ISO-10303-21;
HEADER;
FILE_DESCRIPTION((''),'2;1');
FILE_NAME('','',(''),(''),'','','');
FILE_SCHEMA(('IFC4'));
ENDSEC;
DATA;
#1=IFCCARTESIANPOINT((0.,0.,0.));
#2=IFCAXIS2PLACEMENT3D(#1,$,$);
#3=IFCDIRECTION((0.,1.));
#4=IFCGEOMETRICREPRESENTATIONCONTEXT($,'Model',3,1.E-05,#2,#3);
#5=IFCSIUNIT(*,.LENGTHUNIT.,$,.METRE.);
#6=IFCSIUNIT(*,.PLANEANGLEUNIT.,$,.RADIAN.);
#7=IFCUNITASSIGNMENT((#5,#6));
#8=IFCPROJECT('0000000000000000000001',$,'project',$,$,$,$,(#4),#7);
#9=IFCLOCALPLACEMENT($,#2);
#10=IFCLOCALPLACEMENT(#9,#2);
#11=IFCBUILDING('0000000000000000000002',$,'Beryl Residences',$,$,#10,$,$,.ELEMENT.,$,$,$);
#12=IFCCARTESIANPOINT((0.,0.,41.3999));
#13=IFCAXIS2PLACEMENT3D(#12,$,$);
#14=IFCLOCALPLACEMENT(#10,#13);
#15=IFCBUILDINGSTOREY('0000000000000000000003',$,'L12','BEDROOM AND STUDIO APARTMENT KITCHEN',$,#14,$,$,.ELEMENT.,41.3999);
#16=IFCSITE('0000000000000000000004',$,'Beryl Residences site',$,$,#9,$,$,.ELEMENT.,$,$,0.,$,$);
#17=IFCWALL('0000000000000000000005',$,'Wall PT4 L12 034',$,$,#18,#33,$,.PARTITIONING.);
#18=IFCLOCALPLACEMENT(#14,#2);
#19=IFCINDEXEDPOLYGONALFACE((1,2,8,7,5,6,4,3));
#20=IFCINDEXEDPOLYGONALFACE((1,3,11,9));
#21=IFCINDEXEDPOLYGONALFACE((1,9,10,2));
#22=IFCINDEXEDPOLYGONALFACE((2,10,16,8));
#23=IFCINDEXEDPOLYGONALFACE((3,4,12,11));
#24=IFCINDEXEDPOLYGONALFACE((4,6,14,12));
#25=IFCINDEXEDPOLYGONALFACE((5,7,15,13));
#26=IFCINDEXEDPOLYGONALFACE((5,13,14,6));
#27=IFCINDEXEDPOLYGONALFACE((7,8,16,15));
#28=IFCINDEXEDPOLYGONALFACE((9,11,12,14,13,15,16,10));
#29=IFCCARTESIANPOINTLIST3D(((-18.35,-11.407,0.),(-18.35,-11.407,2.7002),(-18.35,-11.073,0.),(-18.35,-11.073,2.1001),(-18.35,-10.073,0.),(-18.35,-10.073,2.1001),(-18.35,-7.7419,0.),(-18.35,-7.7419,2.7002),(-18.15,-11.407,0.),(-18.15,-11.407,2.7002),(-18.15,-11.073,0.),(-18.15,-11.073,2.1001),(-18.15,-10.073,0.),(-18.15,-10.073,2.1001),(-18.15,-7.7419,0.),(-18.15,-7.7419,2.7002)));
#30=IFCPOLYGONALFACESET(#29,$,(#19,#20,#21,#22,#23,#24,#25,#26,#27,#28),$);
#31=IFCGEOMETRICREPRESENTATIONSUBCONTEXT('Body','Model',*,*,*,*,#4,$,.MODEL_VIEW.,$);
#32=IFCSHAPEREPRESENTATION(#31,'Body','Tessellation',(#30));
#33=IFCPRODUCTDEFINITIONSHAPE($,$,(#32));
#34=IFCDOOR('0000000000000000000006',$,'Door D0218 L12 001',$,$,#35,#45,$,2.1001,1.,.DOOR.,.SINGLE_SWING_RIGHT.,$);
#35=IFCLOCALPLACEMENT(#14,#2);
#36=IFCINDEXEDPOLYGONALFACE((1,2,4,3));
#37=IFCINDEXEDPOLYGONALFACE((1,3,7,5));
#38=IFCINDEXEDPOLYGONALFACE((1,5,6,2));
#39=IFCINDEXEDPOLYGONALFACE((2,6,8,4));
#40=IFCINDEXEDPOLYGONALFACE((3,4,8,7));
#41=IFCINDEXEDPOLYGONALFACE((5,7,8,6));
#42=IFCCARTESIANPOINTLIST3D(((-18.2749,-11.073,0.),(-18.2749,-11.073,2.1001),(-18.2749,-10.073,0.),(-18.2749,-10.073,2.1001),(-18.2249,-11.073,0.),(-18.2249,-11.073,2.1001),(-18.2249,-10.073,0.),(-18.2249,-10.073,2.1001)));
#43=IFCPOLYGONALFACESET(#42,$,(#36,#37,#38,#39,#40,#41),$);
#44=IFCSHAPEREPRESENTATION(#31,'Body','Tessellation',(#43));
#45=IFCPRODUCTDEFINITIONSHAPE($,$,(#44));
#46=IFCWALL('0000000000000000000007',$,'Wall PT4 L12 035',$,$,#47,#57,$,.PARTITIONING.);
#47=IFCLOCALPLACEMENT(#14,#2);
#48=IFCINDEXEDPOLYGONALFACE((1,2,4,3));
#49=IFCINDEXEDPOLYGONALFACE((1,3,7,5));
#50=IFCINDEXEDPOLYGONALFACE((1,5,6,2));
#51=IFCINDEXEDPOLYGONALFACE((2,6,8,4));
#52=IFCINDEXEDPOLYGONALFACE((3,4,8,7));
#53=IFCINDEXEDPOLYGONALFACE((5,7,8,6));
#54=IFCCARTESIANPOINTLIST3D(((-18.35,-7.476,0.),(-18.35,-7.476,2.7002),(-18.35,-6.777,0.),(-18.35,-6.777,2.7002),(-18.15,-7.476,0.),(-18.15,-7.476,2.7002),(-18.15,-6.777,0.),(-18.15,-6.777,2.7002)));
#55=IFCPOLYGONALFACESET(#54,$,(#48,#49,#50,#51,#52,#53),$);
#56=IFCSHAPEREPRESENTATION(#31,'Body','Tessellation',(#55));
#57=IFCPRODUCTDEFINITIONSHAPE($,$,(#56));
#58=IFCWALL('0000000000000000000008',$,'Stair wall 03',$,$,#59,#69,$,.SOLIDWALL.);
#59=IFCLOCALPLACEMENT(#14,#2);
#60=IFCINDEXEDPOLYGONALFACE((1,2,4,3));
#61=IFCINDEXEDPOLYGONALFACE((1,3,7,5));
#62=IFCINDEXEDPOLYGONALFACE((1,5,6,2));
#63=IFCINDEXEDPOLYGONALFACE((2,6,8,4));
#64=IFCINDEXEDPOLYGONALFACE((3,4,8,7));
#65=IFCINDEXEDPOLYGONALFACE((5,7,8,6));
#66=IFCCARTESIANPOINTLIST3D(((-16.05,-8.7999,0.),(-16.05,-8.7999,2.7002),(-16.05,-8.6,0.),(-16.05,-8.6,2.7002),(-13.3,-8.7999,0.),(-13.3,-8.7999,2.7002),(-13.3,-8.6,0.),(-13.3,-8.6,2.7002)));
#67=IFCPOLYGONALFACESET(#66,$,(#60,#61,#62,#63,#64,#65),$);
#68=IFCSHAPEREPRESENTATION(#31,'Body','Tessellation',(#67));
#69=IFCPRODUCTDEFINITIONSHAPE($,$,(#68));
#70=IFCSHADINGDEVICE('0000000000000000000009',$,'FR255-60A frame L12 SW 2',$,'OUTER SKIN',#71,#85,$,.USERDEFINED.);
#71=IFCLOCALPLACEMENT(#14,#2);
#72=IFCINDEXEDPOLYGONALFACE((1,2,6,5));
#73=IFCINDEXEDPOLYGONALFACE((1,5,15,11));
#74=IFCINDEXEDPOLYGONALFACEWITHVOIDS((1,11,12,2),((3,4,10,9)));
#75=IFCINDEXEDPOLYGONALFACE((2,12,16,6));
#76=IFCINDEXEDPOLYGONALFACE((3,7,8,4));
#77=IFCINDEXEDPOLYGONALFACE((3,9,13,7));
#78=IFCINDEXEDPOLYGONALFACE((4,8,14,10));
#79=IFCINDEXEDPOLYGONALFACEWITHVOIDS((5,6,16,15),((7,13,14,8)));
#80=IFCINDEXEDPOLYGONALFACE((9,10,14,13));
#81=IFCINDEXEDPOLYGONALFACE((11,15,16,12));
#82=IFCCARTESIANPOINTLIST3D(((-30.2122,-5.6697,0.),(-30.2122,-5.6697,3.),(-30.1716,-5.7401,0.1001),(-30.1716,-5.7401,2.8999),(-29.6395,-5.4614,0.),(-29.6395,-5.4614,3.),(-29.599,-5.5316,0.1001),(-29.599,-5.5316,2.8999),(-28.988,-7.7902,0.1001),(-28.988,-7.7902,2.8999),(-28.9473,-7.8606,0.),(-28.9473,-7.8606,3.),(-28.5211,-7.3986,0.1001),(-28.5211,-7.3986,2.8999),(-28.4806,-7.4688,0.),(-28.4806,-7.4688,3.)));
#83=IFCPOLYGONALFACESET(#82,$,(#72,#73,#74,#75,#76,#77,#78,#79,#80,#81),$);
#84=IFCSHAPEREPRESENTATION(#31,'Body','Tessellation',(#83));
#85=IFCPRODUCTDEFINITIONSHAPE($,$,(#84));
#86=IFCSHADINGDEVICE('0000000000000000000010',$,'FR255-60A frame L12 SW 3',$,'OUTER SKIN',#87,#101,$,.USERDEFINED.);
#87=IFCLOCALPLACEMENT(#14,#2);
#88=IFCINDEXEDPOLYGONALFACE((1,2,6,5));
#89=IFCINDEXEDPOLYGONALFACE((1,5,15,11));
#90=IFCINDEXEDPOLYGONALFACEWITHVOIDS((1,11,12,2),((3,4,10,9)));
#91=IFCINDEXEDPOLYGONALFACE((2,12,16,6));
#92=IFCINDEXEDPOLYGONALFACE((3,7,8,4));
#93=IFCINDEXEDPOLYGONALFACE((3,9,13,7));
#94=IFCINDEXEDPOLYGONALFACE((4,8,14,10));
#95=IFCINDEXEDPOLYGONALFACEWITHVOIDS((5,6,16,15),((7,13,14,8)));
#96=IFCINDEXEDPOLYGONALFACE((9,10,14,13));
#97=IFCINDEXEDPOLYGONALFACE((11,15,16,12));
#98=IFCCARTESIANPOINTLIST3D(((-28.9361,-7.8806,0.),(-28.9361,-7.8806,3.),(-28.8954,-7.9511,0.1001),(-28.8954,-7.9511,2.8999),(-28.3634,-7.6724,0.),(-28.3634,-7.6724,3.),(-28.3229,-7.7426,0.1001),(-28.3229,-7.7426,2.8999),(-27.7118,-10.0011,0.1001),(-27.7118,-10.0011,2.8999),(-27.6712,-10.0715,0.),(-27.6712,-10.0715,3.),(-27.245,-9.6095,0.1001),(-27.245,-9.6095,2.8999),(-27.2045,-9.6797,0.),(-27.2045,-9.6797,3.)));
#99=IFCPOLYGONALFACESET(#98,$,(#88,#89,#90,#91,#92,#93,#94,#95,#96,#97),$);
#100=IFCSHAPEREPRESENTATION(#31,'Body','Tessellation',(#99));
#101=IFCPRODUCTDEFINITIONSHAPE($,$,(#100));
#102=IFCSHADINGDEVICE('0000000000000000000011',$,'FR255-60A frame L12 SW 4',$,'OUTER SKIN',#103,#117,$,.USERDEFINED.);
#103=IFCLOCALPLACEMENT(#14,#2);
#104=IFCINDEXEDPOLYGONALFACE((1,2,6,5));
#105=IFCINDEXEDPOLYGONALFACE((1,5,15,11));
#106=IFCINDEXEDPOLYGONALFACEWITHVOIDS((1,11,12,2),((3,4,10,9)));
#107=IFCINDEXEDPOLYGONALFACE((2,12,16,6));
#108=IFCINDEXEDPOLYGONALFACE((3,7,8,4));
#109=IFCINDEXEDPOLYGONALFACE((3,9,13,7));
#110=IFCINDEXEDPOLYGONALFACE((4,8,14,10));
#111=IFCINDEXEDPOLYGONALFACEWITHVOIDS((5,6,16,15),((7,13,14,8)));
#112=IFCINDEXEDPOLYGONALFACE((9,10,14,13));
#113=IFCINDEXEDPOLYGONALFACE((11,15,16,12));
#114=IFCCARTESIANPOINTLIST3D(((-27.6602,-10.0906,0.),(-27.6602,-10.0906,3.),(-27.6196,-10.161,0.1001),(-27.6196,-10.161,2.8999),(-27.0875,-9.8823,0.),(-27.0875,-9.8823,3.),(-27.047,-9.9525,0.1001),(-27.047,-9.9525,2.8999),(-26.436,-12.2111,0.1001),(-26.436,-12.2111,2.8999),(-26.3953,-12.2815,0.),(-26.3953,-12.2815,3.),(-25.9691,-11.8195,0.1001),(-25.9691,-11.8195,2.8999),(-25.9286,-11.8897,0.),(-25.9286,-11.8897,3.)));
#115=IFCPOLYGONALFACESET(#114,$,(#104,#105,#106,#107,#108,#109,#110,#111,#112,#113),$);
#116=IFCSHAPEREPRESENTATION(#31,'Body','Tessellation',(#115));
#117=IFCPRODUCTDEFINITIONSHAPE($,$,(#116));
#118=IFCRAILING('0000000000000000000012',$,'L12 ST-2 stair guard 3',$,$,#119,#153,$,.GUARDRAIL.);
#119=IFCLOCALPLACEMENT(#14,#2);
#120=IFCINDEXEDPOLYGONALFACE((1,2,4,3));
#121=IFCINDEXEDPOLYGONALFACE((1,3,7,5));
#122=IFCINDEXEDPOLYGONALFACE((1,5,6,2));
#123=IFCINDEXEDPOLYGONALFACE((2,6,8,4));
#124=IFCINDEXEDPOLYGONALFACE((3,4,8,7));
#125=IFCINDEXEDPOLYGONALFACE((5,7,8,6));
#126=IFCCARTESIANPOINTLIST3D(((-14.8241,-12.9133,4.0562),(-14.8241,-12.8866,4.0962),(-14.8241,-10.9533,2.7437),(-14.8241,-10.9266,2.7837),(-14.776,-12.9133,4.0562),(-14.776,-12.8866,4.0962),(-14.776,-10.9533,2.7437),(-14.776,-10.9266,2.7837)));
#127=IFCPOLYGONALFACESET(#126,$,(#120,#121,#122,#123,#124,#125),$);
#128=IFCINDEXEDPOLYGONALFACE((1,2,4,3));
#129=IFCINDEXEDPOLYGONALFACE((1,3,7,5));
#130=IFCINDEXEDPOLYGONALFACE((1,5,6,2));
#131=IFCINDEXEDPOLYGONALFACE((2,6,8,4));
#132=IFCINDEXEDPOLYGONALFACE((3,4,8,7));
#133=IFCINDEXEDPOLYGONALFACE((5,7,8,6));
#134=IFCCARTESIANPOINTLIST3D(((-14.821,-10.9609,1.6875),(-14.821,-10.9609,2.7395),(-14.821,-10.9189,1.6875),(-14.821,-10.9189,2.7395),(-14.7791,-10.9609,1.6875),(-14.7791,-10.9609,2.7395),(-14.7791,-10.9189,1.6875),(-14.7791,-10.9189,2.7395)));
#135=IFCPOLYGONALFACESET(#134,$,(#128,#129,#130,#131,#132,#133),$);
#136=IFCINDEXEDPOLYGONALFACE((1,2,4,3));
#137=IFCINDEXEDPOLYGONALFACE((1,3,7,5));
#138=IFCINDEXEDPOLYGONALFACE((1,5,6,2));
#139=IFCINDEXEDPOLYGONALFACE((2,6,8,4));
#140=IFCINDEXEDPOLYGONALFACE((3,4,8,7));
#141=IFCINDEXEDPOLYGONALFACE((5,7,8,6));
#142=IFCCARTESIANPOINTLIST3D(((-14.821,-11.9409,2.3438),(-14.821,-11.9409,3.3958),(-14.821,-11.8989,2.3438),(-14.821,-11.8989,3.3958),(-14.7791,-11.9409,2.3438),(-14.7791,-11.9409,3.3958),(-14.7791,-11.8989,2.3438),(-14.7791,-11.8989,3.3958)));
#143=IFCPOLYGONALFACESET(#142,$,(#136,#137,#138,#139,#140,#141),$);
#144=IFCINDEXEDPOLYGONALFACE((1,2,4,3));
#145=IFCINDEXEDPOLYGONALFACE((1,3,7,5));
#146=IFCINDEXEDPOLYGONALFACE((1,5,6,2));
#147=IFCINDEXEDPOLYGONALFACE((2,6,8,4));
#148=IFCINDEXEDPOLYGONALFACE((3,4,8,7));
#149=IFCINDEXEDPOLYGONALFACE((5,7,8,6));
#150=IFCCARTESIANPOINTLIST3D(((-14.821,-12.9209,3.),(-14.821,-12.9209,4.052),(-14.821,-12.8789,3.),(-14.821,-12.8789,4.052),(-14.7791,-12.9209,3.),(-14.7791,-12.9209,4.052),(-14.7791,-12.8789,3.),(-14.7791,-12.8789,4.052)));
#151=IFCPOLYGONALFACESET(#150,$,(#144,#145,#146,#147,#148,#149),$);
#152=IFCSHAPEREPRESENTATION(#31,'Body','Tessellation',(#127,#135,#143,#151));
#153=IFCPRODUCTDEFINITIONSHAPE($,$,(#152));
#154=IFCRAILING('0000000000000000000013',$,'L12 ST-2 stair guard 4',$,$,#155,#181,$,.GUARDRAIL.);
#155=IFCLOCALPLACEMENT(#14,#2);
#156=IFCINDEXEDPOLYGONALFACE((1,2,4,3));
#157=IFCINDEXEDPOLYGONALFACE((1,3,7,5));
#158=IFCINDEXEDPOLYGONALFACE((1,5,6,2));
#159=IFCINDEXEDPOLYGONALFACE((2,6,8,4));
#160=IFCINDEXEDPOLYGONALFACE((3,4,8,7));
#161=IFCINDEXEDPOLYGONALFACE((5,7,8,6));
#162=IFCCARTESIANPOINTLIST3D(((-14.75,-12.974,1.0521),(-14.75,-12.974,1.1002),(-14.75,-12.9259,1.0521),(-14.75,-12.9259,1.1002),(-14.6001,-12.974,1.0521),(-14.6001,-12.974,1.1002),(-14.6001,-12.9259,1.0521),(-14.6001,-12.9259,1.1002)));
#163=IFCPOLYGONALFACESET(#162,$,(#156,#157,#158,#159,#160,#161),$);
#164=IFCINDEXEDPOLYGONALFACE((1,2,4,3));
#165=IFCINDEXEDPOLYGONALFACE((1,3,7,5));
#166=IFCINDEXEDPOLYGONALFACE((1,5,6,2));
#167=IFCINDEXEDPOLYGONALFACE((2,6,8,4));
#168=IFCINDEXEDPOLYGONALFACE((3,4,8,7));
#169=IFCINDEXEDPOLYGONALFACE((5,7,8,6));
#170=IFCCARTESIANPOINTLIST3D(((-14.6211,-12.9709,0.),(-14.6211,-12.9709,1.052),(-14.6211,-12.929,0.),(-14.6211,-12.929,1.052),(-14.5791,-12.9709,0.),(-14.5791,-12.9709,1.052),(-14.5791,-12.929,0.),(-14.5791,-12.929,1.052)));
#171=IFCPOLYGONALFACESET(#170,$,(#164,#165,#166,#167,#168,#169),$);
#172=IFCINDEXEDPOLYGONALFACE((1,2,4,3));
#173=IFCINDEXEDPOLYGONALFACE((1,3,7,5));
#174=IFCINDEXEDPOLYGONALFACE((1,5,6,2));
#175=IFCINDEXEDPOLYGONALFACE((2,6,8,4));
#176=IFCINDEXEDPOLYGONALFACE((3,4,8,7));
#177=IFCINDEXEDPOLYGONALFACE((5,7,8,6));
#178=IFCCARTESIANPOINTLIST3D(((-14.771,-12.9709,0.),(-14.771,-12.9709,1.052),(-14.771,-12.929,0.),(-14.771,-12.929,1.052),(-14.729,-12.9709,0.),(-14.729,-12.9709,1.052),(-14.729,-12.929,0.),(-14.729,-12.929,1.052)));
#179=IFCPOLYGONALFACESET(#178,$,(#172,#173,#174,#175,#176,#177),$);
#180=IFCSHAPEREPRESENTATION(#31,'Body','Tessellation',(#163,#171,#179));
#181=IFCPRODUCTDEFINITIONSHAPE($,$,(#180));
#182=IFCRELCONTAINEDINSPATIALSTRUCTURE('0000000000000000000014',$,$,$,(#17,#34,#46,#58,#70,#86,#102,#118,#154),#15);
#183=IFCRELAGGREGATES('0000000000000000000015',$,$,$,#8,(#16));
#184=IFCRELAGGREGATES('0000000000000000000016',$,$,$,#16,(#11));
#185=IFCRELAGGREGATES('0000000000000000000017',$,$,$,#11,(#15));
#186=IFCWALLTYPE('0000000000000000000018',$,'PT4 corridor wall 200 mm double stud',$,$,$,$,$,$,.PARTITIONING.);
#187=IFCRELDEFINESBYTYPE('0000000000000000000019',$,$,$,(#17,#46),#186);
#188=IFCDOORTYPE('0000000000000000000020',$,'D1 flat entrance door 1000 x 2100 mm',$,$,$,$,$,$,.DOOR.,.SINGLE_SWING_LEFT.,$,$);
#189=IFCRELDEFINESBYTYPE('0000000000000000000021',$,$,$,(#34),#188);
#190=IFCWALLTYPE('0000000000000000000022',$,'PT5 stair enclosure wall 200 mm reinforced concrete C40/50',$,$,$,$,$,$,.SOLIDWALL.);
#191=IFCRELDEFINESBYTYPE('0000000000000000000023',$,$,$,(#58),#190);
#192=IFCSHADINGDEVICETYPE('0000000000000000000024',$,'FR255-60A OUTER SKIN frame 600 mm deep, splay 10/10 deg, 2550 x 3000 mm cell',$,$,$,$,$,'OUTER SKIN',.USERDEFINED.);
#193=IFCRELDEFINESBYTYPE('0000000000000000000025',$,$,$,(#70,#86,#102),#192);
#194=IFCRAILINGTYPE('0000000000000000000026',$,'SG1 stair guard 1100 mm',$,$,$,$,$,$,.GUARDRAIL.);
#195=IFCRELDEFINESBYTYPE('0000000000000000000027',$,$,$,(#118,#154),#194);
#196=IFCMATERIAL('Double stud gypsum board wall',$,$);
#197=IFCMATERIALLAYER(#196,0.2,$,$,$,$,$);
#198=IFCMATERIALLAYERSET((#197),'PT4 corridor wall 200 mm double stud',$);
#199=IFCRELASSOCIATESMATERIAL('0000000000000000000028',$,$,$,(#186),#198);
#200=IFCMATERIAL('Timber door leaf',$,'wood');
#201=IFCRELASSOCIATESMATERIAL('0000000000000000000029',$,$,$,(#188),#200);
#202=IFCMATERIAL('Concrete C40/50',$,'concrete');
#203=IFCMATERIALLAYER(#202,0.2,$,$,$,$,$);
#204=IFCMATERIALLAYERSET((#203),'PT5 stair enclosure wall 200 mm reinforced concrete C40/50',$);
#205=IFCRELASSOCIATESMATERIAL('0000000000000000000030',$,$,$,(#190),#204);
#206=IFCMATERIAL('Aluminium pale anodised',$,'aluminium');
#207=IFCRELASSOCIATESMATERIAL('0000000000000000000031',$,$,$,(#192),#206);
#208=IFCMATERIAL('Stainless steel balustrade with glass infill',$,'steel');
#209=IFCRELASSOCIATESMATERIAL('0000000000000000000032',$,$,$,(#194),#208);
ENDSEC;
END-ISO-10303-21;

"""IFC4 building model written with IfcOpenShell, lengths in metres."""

from ifc_helpers import new_model, entity, si_unit, direction, frame, frame_2d, origin, origin_2d, place, context, subcontext, project, spatial, rectangle, extrude, source, transform, mapped, material, layer, layer_set, type_object, type_shapes, element, fill, save


model = new_model("IFC4")

# Units and contexts
model_context = context("Model", 3, precision=1e-05, world=origin(), true_north=direction((0.0, 1.0)))
body_context = subcontext(model_context, "Body", "Model", "MODEL_VIEW")
ifc_project = project(units=[si_unit("LENGTHUNIT", "METRE"), si_unit("PLANEANGLEUNIT", "RADIAN")], contexts=[model_context])

# Site, building, storey
site_placement = place(None, origin())
site = spatial("IfcSite", under=ifc_project, at=site_placement, Name="Beryl Residences site", CompositionType="ELEMENT", RefElevation=0.0)
building_placement = place(site_placement, origin())
building = spatial("IfcBuilding", under=site, at=building_placement, Name="Beryl Residences", CompositionType="ELEMENT")
storey_placement = place(building_placement, frame((0.0, 0.0, 41.3999)))
storey = spatial("IfcBuildingStorey", under=building, at=storey_placement, Name="L12", Description="BEDROOM AND STUDIO APARTMENT KITCHEN", CompositionType="ELEMENT", Elevation=41.3999)

# Shared definitions
ifc_material_1 = material(Name="Double stud gypsum board wall")
ifc_layer_1 = layer(ifc_material_1, 0.2)
ifc_layer_set_1 = layer_set([ifc_layer_1], Name="PT4 corridor wall 200 mm double stud")
wall_type_1 = type_object("IfcWallType", Name="PT4 corridor wall 200 mm double stud", PredefinedType="PARTITIONING", material=ifc_layer_set_1)

# Wall, opening, door
wall_1_placement = place(storey_placement, frame((-18.25, -11.407, 0.0), z_axis=(0.0, 0.0, 1.0), x_axis=(0.0, 1.0, 0.0)))
wall_1 = element("IfcWall", 1, at=wall_1_placement, inside=storey, type_object=wall_type_1, Name="Wall PT4 L12 034", PredefinedType="PARTITIONING", context=body_context, shape_type="SweptSolid", body=[
    extrude(rectangle(XDim=3.665, YDim=0.2, at=frame_2d((1.8325, 0.0))), origin(), (0.0, 0.0, 1.0), 2.7002),
])
opening_1_placement = place(wall_1_placement, frame((0.334, 0.0, 0.0)))
opening_1 = element("IfcOpeningElement", 2, at=opening_1_placement, cuts=wall_1, PredefinedType="OPENING", context=body_context, shape_type="SweptSolid", body=[
    extrude(rectangle(XDim=1.0, YDim=2.1001, at=frame_2d((0.5, 1.05))), frame((0.0, 0.1099, 0.0), z_axis=(0.0, -1.0, 0.0), x_axis=(1.0, 0.0, 0.0)), (0.0, 0.0, 1.0), 0.22),
])
ifc_material_2 = material(Name="Timber door leaf", Category="wood")
door_type_1 = type_object("IfcDoorType", Name="D1 flat entrance door 1000 x 2100 mm", OperationType="SINGLE_SWING_LEFT", PredefinedType="DOOR", material=ifc_material_2)
door_1_placement = place(opening_1_placement, origin())
door_1 = element("IfcDoor", 3, at=door_1_placement, inside=storey, type_object=door_type_1, Name="Door D0218 L12 001", OperationType="SINGLE_SWING_RIGHT", OverallHeight=2.1001, OverallWidth=1.0, PredefinedType="DOOR", context=body_context, shape_type="SweptSolid", body=[
    extrude(rectangle(XDim=1.0, YDim=2.1001, at=frame_2d((0.5, 1.05))), frame((0.0, 0.0249, 0.0), z_axis=(0.0, -1.0, 0.0), x_axis=(1.0, 0.0, 0.0)), (0.0, 0.0, 1.0), 0.05),
])
fill(opening_1, door_1)

# Walls
wall_2_placement = place(storey_placement, frame((-18.25, -7.4761, 0.0), z_axis=(0.0, 0.0, 1.0), x_axis=(0.0, 1.0, 0.0)))
element("IfcWall", 4, at=wall_2_placement, inside=storey, type_object=wall_type_1, Name="Wall PT4 L12 035", PredefinedType="PARTITIONING", context=body_context, shape_type="SweptSolid", body=[
    extrude(rectangle(XDim=0.699, YDim=0.2, at=frame_2d((0.3496, 0.0))), origin(), (0.0, 0.0, 1.0), 2.7002),
])
ifc_material_3 = material(Name="Concrete C40/50", Category="concrete")
ifc_layer_2 = layer(ifc_material_3, 0.2)
ifc_layer_set_2 = layer_set([ifc_layer_2], Name="PT5 stair enclosure wall 200 mm reinforced concrete C40/50")
wall_type_2 = type_object("IfcWallType", Name="PT5 stair enclosure wall 200 mm reinforced concrete C40/50", PredefinedType="SOLIDWALL", material=ifc_layer_set_2)
wall_3_placement = place(storey_placement, frame((-16.05, -8.7, 0.0), z_axis=(0.0, 0.0, 1.0), x_axis=(1.0, 0.0, 0.0)))
element("IfcWall", 5, at=wall_3_placement, inside=storey, type_object=wall_type_2, Name="Stair wall 03", PredefinedType="SOLIDWALL", context=body_context, shape_type="SweptSolid", body=[
    extrude(rectangle(XDim=2.75, YDim=0.2, at=frame_2d((1.375, 0.0))), origin(), (0.0, 0.0, 1.0), 2.7002),
])

# Shading devices
ifc_material_4 = material(Name="Aluminium pale anodised", Category="aluminium")
shading_device_type = type_object("IfcShadingDeviceType", Name="FR255-60A OUTER SKIN frame 600 mm deep, splay 10/10 deg, 2550 x 3000 mm cell", ElementType="OUTER SKIN", PredefinedType="USERDEFINED", material=ifc_material_4)
cartesian_point_1 = entity("IfcCartesianPoint", [-1.1589, 0.0])
cartesian_point_2 = entity("IfcCartesianPoint", [-1.0779, 0.1001])
cartesian_point_3 = entity("IfcCartesianPoint", [-1.2649, 0.0])
cartesian_point_4 = entity("IfcCartesianPoint", [-1.1836, 0.1001])
shared_shape = source(origin(), body_context, "Body", "SweptSolid", [
    entity("IfcExtrudedAreaSolidTapered", entity("IfcArbitraryProfileDefWithVoids", "AREA", None, entity("IfcPolyline", [cartesian_point_1, entity("IfcCartesianPoint", [1.1589, 0.0]), entity("IfcCartesianPoint", [1.1589, 3.0]), entity("IfcCartesianPoint", [-1.1589, 3.0]), cartesian_point_1]), [entity("IfcPolyline", [cartesian_point_2, entity("IfcCartesianPoint", [1.0779, 0.1001]), entity("IfcCartesianPoint", [1.0779, 2.8999]), entity("IfcCartesianPoint", [-1.0779, 2.8999]), cartesian_point_2])]), entity("IfcAxis2Placement3D", entity("IfcCartesianPoint", [0.0, 0.0, 0.0]), entity("IfcDirection", [0.0, 1.0, 0.0]), entity("IfcDirection", [-1.0, 0.0, 0.0])), entity("IfcDirection", [0.0, 0.0, 1.0]), 0.6001, entity("IfcArbitraryProfileDefWithVoids", "AREA", None, entity("IfcPolyline", [cartesian_point_3, entity("IfcCartesianPoint", [1.2649, 0.0]), entity("IfcCartesianPoint", [1.2649, 3.0]), entity("IfcCartesianPoint", [-1.2649, 3.0]), cartesian_point_3]), [entity("IfcPolyline", [cartesian_point_4, entity("IfcCartesianPoint", [1.1836, 0.1001]), entity("IfcCartesianPoint", [1.1836, 2.8999]), entity("IfcCartesianPoint", [-1.1836, 2.8999]), cartesian_point_4])])),
])
type_shapes(shading_device_type, [shared_shape])
for number, where, z_axis, x_axis, name in (
    (6, (-29.0601, -6.4651, 0.0), (0.0, 0.0, 1.0), (-0.5, 0.866025, 0.0), "FR255-60A frame L12 SW 2"),
    (7, (-27.7839, -8.676, 0.0), (0.0, 0.0, 1.0), (-0.5, 0.866025, 0.0), "FR255-60A frame L12 SW 3"),
    (8, (-26.5081, -10.886, 0.0), (0.0, 0.0, 1.0), (-0.5, 0.866025, 0.0), "FR255-60A frame L12 SW 4"),
):
    element("IfcShadingDevice", number, at=place(storey_placement, frame(where, z_axis=z_axis, x_axis=x_axis)), inside=storey, type_object=shading_device_type, Name=name, ObjectType="OUTER SKIN", PredefinedType="USERDEFINED", context=body_context, shape_type="MappedRepresentation", body=[
        mapped(shared_shape, transform((0.0, 0.0, 0.0))),
    ])

# Railings
ifc_material_5 = material(Name="Stainless steel balustrade with glass infill", Category="steel")
railing_type_1 = type_object("IfcRailingType", Name="SG1 stair guard 1100 mm", PredefinedType="GUARDRAIL", material=ifc_material_5)
railing_1_placement = place(storey_placement, frame((-14.8, -10.9399, 1.6875)))
element("IfcRailing", 9, at=railing_1_placement, inside=storey, type_object=railing_type_1, Name="L12 ST-2 stair guard 3", PredefinedType="GUARDRAIL", context=body_context, shape_type="SweptSolid", body=[
    extrude(rectangle(XDim=0.0481, YDim=0.0481, at=origin_2d()), frame((0.0, 0.0, 1.0762), z_axis=(0.0, -0.830902, 0.556419), x_axis=(1.0, 0.0, 0.0)), (0.0, 0.0, 1.0), 2.3589),
    extrude(rectangle(XDim=0.042, YDim=0.042, at=origin_2d()), origin(), (0.0, 0.0, 1.0), 1.052),
    extrude(rectangle(XDim=0.042, YDim=0.042, at=origin_2d()), frame((0.0, -0.98, 0.6562)), (0.0, 0.0, 1.0), 1.052),
    extrude(rectangle(XDim=0.042, YDim=0.042, at=origin_2d()), frame((0.0, -1.96, 1.3125)), (0.0, 0.0, 1.0), 1.052),
])
railing_2_placement = place(storey_placement, frame((-14.6001, -12.95, 0.0)))
element("IfcRailing", 10, at=railing_2_placement, inside=storey, type_object=railing_type_1, Name="L12 ST-2 stair guard 4", PredefinedType="GUARDRAIL", context=body_context, shape_type="SweptSolid", body=[
    extrude(rectangle(XDim=0.0481, YDim=0.0481, at=origin_2d()), frame((0.0, 0.0, 1.0762), z_axis=(-1.0, 0.0, 0.0), x_axis=(0.0, -1.0, 0.0)), (0.0, 0.0, 1.0), 0.1499),
    extrude(rectangle(XDim=0.042, YDim=0.042, at=origin_2d()), origin(), (0.0, 0.0, 1.0), 1.052),
    extrude(rectangle(XDim=0.042, YDim=0.042, at=origin_2d()), frame((-0.1499, 0.0, 0.0)), (0.0, 0.0, 1.0), 1.052),
])

save(model, "model.ifc")
